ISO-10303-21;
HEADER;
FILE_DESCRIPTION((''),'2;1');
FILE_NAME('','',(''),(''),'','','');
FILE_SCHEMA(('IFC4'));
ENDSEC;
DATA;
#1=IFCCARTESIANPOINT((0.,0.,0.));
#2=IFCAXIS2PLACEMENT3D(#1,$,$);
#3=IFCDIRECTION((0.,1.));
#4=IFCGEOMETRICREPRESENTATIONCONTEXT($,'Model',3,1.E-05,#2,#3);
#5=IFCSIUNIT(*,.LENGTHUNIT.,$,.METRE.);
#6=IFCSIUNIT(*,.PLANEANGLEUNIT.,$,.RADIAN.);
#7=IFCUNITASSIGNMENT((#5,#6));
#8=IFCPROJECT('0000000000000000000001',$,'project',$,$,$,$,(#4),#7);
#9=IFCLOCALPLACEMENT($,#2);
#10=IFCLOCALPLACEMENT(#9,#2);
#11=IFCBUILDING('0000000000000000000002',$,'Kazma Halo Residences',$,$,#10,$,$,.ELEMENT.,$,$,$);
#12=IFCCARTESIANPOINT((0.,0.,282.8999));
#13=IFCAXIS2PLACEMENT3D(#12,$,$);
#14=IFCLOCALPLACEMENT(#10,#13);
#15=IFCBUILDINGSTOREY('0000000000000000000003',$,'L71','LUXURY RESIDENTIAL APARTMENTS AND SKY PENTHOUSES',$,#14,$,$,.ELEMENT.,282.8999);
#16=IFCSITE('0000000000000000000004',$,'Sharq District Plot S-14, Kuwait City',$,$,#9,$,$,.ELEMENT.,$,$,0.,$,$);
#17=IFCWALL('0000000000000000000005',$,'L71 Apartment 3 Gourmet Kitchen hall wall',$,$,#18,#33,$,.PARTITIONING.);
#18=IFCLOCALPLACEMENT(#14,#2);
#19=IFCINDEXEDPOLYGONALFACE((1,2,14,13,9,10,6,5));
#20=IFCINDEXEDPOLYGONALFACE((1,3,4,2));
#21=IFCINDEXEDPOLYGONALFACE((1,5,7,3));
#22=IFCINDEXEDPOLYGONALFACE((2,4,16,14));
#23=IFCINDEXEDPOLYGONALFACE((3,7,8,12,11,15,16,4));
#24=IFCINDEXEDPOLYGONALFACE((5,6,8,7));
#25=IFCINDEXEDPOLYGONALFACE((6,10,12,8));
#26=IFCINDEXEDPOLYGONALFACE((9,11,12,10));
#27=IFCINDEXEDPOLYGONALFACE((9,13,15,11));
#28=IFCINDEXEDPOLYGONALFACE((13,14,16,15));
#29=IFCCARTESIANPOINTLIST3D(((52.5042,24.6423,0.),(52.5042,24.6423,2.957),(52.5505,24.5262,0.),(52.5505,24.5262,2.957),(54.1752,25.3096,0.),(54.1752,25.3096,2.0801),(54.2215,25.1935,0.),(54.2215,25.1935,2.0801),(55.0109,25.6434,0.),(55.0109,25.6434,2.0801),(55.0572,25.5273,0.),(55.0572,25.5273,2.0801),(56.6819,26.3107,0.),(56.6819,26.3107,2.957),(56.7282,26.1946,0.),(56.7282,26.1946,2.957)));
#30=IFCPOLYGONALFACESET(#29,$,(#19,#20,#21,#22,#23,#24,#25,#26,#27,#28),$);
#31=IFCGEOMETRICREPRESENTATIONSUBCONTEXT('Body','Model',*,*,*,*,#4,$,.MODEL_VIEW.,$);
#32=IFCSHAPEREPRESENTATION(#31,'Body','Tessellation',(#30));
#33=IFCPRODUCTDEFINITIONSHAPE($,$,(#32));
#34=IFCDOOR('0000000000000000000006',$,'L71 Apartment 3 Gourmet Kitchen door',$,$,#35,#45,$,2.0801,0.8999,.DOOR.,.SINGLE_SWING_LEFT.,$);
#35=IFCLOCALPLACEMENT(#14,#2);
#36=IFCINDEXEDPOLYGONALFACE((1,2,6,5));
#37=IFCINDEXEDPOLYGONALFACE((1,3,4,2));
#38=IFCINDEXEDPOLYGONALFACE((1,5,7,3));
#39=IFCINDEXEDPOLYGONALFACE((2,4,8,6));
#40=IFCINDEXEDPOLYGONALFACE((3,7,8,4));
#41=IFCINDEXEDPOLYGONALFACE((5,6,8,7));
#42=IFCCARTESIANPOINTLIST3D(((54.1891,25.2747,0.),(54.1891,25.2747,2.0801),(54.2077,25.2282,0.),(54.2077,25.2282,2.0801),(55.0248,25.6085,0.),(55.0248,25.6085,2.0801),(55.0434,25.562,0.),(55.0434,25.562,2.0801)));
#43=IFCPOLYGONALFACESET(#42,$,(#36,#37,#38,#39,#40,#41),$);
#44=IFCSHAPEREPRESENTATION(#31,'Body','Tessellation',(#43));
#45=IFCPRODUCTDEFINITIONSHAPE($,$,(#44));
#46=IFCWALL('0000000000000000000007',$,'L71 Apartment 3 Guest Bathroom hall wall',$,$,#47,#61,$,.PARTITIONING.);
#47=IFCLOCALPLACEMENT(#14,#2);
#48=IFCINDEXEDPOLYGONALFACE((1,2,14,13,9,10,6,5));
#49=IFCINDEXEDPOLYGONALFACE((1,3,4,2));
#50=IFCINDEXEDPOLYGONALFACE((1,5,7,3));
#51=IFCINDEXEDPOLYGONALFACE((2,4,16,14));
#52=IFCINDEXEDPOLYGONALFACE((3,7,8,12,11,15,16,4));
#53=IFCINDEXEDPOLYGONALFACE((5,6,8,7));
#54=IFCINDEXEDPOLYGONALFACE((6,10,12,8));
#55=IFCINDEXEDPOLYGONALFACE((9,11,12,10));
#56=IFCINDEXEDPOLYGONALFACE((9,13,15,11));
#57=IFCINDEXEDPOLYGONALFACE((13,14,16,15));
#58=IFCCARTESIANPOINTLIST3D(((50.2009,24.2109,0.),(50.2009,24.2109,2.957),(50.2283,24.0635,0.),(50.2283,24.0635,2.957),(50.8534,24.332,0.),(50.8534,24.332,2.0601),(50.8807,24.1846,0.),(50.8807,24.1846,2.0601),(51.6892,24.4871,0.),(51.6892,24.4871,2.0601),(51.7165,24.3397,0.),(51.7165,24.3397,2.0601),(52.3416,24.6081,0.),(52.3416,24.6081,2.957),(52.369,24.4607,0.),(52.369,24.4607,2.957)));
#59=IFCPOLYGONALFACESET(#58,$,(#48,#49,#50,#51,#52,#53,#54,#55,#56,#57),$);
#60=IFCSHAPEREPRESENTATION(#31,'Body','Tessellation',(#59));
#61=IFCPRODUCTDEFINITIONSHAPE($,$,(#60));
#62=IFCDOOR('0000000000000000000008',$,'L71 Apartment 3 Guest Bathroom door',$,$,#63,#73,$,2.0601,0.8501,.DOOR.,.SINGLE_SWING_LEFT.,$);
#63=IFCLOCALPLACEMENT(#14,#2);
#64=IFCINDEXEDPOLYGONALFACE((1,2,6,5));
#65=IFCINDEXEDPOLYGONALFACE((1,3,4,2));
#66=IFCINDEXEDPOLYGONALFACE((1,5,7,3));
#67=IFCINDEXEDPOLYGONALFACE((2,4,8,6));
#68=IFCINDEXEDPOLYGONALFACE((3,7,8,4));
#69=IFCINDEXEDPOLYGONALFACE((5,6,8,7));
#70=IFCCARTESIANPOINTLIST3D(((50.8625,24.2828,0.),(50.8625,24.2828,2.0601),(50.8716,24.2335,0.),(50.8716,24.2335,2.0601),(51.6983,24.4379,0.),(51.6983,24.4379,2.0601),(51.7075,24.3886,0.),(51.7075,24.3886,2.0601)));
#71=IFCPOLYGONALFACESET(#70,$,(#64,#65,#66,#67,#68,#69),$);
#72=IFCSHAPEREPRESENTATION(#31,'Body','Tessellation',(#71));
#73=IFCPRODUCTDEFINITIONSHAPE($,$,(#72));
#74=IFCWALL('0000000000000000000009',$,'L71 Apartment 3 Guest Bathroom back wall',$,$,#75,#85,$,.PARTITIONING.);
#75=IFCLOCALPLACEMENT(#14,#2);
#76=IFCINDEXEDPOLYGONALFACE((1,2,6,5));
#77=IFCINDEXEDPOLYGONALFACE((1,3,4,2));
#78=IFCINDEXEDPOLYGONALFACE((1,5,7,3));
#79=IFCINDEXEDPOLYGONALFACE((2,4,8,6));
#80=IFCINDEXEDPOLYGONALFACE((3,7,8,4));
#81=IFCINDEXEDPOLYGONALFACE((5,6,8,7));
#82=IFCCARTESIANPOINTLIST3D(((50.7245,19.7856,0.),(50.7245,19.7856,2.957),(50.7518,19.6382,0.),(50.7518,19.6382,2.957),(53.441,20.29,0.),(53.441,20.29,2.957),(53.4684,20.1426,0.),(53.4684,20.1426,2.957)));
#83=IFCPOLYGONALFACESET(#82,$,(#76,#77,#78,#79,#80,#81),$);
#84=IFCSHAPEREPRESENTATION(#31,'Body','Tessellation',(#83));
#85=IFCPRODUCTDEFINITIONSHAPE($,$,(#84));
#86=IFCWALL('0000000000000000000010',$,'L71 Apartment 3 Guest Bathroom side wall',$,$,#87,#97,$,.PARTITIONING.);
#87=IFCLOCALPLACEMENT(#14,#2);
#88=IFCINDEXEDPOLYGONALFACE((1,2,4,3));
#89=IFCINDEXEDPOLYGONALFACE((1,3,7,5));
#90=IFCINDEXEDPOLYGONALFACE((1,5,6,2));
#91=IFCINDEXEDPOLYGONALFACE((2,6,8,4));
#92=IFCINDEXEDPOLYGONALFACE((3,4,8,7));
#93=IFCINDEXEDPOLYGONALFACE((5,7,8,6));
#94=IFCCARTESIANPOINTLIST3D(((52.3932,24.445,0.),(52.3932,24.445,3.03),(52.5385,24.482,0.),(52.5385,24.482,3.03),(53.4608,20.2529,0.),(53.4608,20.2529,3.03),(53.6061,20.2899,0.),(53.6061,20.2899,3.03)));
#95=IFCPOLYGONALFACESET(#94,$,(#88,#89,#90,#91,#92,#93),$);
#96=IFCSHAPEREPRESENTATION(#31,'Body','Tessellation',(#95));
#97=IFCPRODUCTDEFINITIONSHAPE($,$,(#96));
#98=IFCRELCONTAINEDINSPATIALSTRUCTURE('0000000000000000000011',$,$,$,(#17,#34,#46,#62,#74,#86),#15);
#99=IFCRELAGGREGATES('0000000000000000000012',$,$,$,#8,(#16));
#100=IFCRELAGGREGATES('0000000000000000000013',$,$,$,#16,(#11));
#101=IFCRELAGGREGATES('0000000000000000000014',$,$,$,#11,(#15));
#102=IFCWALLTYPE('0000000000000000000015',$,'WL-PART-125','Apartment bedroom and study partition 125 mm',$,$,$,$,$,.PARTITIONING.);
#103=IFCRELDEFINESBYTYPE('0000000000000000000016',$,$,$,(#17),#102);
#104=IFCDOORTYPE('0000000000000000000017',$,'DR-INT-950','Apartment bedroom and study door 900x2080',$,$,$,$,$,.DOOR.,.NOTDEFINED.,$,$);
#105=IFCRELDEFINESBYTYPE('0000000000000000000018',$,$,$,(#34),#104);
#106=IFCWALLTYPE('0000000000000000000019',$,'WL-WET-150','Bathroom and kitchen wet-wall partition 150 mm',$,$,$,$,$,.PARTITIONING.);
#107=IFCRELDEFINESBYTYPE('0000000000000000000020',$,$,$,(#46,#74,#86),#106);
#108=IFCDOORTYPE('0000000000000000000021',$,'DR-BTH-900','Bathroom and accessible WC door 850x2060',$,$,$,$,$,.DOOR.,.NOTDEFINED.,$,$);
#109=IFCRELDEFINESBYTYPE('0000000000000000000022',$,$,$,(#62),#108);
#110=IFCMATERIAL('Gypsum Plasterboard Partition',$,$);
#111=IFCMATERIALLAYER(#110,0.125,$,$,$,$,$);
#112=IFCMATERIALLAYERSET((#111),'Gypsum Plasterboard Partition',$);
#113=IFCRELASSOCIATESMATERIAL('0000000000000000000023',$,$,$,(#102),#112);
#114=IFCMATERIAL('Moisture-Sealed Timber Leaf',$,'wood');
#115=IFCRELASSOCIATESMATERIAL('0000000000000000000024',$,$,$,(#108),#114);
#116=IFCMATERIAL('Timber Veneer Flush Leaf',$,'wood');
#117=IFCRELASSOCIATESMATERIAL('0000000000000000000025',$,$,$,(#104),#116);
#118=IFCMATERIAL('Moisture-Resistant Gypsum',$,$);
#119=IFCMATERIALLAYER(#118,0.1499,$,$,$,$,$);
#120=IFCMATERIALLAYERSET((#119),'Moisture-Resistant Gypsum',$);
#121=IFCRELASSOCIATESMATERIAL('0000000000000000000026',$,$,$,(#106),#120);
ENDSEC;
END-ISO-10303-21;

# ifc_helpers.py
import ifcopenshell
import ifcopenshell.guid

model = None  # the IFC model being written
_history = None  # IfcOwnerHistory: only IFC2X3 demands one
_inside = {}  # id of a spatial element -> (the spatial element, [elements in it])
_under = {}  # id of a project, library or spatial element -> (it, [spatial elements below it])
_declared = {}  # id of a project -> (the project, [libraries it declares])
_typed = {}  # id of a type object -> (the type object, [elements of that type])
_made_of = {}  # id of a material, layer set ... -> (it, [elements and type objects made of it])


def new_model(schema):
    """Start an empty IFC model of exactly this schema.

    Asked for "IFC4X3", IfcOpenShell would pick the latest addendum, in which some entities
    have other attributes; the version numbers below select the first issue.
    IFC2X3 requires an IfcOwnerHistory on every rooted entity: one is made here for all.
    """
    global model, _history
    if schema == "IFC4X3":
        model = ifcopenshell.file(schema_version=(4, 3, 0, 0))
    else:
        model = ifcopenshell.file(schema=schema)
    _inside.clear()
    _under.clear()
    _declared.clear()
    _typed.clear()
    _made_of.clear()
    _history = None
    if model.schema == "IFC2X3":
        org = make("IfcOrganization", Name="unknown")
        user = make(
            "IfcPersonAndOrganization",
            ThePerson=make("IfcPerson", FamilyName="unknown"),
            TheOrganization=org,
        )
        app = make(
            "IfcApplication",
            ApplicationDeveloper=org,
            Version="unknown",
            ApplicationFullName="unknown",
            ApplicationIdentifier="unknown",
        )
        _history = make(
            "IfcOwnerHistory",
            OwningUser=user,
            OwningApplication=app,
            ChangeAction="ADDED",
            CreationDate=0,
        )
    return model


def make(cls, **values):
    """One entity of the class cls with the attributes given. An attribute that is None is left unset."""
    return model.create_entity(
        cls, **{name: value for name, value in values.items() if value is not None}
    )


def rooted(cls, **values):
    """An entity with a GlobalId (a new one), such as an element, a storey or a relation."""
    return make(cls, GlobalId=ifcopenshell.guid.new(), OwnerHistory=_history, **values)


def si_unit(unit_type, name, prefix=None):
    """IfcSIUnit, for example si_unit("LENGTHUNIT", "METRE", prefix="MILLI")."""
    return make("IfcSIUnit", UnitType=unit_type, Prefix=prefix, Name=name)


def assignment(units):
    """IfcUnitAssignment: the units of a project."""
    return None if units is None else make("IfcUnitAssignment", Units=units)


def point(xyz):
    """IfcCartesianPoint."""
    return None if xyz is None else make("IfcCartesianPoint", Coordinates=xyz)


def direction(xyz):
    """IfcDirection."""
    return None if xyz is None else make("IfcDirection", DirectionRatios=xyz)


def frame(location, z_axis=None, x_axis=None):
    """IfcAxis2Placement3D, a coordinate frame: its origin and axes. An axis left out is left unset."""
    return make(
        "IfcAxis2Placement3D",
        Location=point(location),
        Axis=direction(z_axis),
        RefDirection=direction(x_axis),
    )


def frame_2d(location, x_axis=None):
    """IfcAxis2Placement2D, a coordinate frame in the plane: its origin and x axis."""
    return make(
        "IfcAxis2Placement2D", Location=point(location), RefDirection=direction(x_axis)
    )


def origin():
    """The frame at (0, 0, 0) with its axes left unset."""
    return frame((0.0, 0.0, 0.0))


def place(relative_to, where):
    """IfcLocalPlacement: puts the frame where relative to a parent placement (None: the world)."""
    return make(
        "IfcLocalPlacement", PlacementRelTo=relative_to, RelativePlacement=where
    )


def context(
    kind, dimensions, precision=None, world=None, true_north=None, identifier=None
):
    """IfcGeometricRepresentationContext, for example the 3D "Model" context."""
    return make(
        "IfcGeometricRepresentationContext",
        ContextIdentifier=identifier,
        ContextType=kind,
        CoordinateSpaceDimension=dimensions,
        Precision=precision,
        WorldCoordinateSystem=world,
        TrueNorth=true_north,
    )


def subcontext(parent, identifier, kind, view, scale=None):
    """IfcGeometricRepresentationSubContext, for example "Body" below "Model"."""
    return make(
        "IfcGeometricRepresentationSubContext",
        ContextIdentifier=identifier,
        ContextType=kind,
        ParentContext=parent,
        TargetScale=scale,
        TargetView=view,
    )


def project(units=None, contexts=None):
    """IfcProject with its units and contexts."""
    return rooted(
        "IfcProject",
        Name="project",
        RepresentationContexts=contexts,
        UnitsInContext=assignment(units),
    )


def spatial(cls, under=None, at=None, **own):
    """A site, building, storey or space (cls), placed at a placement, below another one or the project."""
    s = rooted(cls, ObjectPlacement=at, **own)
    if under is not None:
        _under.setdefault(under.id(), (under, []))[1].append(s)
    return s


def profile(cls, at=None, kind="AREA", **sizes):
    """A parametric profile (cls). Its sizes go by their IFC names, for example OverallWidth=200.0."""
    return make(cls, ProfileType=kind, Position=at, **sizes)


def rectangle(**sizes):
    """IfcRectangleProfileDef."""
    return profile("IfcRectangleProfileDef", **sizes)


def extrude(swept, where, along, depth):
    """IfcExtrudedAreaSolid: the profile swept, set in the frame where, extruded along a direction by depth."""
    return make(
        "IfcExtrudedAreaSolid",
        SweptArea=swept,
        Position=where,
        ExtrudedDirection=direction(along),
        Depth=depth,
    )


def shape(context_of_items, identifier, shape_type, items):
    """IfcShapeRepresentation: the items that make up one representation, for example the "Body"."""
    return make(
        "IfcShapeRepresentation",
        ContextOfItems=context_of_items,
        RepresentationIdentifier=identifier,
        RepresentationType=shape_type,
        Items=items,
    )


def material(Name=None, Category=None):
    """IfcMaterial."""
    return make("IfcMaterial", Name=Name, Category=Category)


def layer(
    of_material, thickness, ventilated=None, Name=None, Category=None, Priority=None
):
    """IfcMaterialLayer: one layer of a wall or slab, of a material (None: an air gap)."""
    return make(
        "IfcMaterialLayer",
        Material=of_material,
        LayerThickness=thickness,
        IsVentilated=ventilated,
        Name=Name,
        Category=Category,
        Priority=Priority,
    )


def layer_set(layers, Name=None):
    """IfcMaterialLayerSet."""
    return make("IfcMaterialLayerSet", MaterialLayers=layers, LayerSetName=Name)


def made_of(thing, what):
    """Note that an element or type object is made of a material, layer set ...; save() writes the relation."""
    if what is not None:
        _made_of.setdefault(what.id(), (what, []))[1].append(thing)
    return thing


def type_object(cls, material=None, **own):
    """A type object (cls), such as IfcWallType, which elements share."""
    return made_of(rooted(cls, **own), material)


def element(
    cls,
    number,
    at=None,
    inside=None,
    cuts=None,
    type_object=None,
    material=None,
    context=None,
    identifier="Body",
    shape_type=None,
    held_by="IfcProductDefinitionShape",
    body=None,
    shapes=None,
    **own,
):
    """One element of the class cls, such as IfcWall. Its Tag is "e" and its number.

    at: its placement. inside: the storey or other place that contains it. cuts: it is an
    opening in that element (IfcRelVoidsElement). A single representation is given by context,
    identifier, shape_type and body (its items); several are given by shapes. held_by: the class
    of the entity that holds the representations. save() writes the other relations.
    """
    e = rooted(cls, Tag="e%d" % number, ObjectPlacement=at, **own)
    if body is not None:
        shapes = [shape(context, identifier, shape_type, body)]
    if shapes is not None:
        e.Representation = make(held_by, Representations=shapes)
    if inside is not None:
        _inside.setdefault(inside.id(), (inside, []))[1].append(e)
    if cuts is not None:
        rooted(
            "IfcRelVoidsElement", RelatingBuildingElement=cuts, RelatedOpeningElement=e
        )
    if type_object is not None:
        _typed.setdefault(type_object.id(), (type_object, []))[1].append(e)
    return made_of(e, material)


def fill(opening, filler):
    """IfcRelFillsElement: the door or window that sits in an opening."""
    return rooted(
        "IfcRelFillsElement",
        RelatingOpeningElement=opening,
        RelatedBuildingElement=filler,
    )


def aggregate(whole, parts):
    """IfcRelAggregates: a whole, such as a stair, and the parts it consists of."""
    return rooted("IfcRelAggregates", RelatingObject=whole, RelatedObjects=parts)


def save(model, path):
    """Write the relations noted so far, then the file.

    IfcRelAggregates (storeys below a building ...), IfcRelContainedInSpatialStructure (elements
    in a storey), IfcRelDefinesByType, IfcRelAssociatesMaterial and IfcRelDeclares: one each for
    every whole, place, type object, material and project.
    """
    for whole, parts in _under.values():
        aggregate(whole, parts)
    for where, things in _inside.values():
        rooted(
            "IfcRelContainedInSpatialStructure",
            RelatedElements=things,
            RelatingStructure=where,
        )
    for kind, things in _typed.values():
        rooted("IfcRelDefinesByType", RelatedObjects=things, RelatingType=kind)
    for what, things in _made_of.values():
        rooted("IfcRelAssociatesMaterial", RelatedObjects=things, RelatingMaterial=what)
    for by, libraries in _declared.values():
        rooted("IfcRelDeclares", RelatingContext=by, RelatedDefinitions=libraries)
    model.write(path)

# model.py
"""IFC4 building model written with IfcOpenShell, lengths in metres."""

from ifc_helpers import new_model, si_unit, direction, frame, frame_2d, origin, place, context, subcontext, project, spatial, rectangle, extrude, material, layer, layer_set, type_object, element, fill, save


model = new_model("IFC4")

# Units and contexts
model_context = context("Model", 3, precision=1e-05, world=origin(), true_north=direction((0.0, 1.0)))
body_context = subcontext(model_context, "Body", "Model", "MODEL_VIEW")
ifc_project = project(units=[si_unit("LENGTHUNIT", "METRE"), si_unit("PLANEANGLEUNIT", "RADIAN")], contexts=[model_context])

# Site, building, storey
site_placement = place(None, origin())
site = spatial("IfcSite", under=ifc_project, at=site_placement, Name="Sharq District Plot S-14, Kuwait City", CompositionType="ELEMENT", RefElevation=0.0)
building_placement = place(site_placement, origin())
building = spatial("IfcBuilding", under=site, at=building_placement, Name="Kazma Halo Residences", CompositionType="ELEMENT")
storey_placement = place(building_placement, frame((0.0, 0.0, 282.8999)))
storey = spatial("IfcBuildingStorey", under=building, at=storey_placement, Name="L71", Description="LUXURY RESIDENTIAL APARTMENTS AND SKY PENTHOUSES", CompositionType="ELEMENT", Elevation=282.8999)

# Shared definitions
ifc_material_1 = material(Name="Gypsum Plasterboard Partition")
ifc_layer_1 = layer(ifc_material_1, 0.125)
ifc_layer_set_1 = layer_set([ifc_layer_1], Name="Gypsum Plasterboard Partition")
wall_type_1 = type_object("IfcWallType", Name="WL-PART-125", Description="Apartment bedroom and study partition 125 mm", PredefinedType="PARTITIONING", material=ifc_layer_set_1)

# Walls, openings, doors
ifc_material_2 = material(Name="Moisture-Sealed Timber Leaf", Category="wood")
door_type_1 = type_object("IfcDoorType", Name="DR-BTH-900", Description="Bathroom and accessible WC door 850x2060", OperationType="NOTDEFINED", PredefinedType="DOOR", material=ifc_material_2)
wall_1_placement = place(storey_placement, frame((52.5273, 24.5842, 0.0), z_axis=(0.0, 0.0, 1.0), x_axis=(0.928679, 0.370885, 0.0)))
wall_1 = element("IfcWall", 1, at=wall_1_placement, inside=storey, type_object=wall_type_1, Name="L71 Apartment 3 Gourmet Kitchen hall wall", PredefinedType="PARTITIONING", context=body_context, shape_type="SweptSolid", body=[
    extrude(rectangle(XDim=4.4985, YDim=0.125, at=frame_2d((2.2493, 0.0))), origin(), (0.0, 0.0, 1.0), 2.957),
])
opening_1_placement = place(wall_1_placement, frame((1.7993, 0.0, 0.0)))
opening_1 = element("IfcOpeningElement", 2, at=opening_1_placement, cuts=wall_1, PredefinedType="OPENING", context=body_context, shape_type="SweptSolid", body=[
    extrude(rectangle(XDim=0.8999, YDim=2.0801, at=frame_2d((0.45, 1.04))), frame((0.0, 0.0725, 0.0), z_axis=(0.0, -1.0, 0.0), x_axis=(1.0, 0.0, 0.0)), (0.0, 0.0, 1.0), 0.145),
])
ifc_material_3 = material(Name="Timber Veneer Flush Leaf", Category="wood")
door_type_2 = type_object("IfcDoorType", Name="DR-INT-950", Description="Apartment bedroom and study door 900x2080", OperationType="NOTDEFINED", PredefinedType="DOOR", material=ifc_material_3)
door_1_placement = place(opening_1_placement, origin())
door_1 = element("IfcDoor", 3, at=door_1_placement, inside=storey, type_object=door_type_2, Name="L71 Apartment 3 Gourmet Kitchen door", OperationType="SINGLE_SWING_LEFT", OverallHeight=2.0801, OverallWidth=0.8999, PredefinedType="DOOR", context=body_context, shape_type="SweptSolid", body=[
    extrude(rectangle(XDim=0.8999, YDim=2.0801, at=frame_2d((0.45, 1.04))), frame((0.0, 0.0249, 0.0), z_axis=(0.0, -1.0, 0.0), x_axis=(1.0, 0.0, 0.0)), (0.0, 0.0, 1.0), 0.05),
])
fill(opening_1, door_1)
ifc_material_4 = material(Name="Moisture-Resistant Gypsum")
ifc_layer_2 = layer(ifc_material_4, 0.1499)
ifc_layer_set_2 = layer_set([ifc_layer_2], Name="Moisture-Resistant Gypsum")
wall_type_2 = type_object("IfcWallType", Name="WL-WET-150", Description="Bathroom and kitchen wet-wall partition 150 mm", PredefinedType="PARTITIONING", material=ifc_layer_set_2)
wall_2_placement = place(storey_placement, frame((50.2146, 24.1372, 0.0), z_axis=(0.0, 0.0, 1.0), x_axis=(0.983216, 0.182447, 0.0)))
wall_2 = element("IfcWall", 4, at=wall_2_placement, inside=storey, type_object=wall_type_2, Name="L71 Apartment 3 Guest Bathroom hall wall", PredefinedType="PARTITIONING", context=body_context, shape_type="SweptSolid", body=[
    extrude(rectangle(XDim=2.1772, YDim=0.1499, at=frame_2d((1.0886, 0.0))), origin(), (0.0, 0.0, 1.0), 2.957),
])
opening_2_placement = place(wall_2_placement, frame((0.6636, 0.0, 0.0)))
opening_2 = element("IfcOpeningElement", 5, at=opening_2_placement, cuts=wall_2, PredefinedType="OPENING", context=body_context, shape_type="SweptSolid", body=[
    extrude(rectangle(XDim=0.8501, YDim=2.0601, at=frame_2d((0.425, 1.03))), frame((0.0, 0.085, 0.0), z_axis=(0.0, -1.0, 0.0), x_axis=(1.0, 0.0, 0.0)), (0.0, 0.0, 1.0), 0.1699),
])
door_2_placement = place(opening_2_placement, origin())
door_2 = element("IfcDoor", 6, at=door_2_placement, inside=storey, type_object=door_type_1, Name="L71 Apartment 3 Guest Bathroom door", OperationType="SINGLE_SWING_LEFT", OverallHeight=2.0601, OverallWidth=0.8501, PredefinedType="DOOR", context=body_context, shape_type="SweptSolid", body=[
    extrude(rectangle(XDim=0.8501, YDim=2.0601, at=frame_2d((0.425, 1.03))), frame((0.0, 0.0249, 0.0), z_axis=(0.0, -1.0, 0.0), x_axis=(1.0, 0.0, 0.0)), (0.0, 0.0, 1.0), 0.05),
])
fill(opening_2, door_2)

# Walls
wall_3_placement = place(storey_placement, frame((50.7383, 19.7119, 0.0), z_axis=(0.0, 0.0, 1.0), x_axis=(0.983196, 0.182554, 0.0)))
element("IfcWall", 7, at=wall_3_placement, inside=storey, type_object=wall_type_2, Name="L71 Apartment 3 Guest Bathroom back wall", PredefinedType="PARTITIONING", context=body_context, shape_type="SweptSolid", body=[
    extrude(rectangle(XDim=2.7629, YDim=0.1499, at=frame_2d((1.3813, 0.0))), origin(), (0.0, 0.0, 1.0), 2.957),
])
wall_4_placement = place(storey_placement, frame((52.4658, 24.4636, 0.0), z_axis=(0.0, 0.0, 1.0), x_axis=(0.246796, -0.969067, 0.0)))
element("IfcWall", 8, at=wall_4_placement, inside=storey, type_object=wall_type_2, Name="L71 Apartment 3 Guest Bathroom side wall", PredefinedType="PARTITIONING", context=body_context, shape_type="SweptSolid", body=[
    extrude(rectangle(XDim=4.3259, YDim=0.1499, at=frame_2d((2.1631, 0.0))), origin(), (0.0, 0.0, 1.0), 3.03),
])

save(model, "model.ifc")
